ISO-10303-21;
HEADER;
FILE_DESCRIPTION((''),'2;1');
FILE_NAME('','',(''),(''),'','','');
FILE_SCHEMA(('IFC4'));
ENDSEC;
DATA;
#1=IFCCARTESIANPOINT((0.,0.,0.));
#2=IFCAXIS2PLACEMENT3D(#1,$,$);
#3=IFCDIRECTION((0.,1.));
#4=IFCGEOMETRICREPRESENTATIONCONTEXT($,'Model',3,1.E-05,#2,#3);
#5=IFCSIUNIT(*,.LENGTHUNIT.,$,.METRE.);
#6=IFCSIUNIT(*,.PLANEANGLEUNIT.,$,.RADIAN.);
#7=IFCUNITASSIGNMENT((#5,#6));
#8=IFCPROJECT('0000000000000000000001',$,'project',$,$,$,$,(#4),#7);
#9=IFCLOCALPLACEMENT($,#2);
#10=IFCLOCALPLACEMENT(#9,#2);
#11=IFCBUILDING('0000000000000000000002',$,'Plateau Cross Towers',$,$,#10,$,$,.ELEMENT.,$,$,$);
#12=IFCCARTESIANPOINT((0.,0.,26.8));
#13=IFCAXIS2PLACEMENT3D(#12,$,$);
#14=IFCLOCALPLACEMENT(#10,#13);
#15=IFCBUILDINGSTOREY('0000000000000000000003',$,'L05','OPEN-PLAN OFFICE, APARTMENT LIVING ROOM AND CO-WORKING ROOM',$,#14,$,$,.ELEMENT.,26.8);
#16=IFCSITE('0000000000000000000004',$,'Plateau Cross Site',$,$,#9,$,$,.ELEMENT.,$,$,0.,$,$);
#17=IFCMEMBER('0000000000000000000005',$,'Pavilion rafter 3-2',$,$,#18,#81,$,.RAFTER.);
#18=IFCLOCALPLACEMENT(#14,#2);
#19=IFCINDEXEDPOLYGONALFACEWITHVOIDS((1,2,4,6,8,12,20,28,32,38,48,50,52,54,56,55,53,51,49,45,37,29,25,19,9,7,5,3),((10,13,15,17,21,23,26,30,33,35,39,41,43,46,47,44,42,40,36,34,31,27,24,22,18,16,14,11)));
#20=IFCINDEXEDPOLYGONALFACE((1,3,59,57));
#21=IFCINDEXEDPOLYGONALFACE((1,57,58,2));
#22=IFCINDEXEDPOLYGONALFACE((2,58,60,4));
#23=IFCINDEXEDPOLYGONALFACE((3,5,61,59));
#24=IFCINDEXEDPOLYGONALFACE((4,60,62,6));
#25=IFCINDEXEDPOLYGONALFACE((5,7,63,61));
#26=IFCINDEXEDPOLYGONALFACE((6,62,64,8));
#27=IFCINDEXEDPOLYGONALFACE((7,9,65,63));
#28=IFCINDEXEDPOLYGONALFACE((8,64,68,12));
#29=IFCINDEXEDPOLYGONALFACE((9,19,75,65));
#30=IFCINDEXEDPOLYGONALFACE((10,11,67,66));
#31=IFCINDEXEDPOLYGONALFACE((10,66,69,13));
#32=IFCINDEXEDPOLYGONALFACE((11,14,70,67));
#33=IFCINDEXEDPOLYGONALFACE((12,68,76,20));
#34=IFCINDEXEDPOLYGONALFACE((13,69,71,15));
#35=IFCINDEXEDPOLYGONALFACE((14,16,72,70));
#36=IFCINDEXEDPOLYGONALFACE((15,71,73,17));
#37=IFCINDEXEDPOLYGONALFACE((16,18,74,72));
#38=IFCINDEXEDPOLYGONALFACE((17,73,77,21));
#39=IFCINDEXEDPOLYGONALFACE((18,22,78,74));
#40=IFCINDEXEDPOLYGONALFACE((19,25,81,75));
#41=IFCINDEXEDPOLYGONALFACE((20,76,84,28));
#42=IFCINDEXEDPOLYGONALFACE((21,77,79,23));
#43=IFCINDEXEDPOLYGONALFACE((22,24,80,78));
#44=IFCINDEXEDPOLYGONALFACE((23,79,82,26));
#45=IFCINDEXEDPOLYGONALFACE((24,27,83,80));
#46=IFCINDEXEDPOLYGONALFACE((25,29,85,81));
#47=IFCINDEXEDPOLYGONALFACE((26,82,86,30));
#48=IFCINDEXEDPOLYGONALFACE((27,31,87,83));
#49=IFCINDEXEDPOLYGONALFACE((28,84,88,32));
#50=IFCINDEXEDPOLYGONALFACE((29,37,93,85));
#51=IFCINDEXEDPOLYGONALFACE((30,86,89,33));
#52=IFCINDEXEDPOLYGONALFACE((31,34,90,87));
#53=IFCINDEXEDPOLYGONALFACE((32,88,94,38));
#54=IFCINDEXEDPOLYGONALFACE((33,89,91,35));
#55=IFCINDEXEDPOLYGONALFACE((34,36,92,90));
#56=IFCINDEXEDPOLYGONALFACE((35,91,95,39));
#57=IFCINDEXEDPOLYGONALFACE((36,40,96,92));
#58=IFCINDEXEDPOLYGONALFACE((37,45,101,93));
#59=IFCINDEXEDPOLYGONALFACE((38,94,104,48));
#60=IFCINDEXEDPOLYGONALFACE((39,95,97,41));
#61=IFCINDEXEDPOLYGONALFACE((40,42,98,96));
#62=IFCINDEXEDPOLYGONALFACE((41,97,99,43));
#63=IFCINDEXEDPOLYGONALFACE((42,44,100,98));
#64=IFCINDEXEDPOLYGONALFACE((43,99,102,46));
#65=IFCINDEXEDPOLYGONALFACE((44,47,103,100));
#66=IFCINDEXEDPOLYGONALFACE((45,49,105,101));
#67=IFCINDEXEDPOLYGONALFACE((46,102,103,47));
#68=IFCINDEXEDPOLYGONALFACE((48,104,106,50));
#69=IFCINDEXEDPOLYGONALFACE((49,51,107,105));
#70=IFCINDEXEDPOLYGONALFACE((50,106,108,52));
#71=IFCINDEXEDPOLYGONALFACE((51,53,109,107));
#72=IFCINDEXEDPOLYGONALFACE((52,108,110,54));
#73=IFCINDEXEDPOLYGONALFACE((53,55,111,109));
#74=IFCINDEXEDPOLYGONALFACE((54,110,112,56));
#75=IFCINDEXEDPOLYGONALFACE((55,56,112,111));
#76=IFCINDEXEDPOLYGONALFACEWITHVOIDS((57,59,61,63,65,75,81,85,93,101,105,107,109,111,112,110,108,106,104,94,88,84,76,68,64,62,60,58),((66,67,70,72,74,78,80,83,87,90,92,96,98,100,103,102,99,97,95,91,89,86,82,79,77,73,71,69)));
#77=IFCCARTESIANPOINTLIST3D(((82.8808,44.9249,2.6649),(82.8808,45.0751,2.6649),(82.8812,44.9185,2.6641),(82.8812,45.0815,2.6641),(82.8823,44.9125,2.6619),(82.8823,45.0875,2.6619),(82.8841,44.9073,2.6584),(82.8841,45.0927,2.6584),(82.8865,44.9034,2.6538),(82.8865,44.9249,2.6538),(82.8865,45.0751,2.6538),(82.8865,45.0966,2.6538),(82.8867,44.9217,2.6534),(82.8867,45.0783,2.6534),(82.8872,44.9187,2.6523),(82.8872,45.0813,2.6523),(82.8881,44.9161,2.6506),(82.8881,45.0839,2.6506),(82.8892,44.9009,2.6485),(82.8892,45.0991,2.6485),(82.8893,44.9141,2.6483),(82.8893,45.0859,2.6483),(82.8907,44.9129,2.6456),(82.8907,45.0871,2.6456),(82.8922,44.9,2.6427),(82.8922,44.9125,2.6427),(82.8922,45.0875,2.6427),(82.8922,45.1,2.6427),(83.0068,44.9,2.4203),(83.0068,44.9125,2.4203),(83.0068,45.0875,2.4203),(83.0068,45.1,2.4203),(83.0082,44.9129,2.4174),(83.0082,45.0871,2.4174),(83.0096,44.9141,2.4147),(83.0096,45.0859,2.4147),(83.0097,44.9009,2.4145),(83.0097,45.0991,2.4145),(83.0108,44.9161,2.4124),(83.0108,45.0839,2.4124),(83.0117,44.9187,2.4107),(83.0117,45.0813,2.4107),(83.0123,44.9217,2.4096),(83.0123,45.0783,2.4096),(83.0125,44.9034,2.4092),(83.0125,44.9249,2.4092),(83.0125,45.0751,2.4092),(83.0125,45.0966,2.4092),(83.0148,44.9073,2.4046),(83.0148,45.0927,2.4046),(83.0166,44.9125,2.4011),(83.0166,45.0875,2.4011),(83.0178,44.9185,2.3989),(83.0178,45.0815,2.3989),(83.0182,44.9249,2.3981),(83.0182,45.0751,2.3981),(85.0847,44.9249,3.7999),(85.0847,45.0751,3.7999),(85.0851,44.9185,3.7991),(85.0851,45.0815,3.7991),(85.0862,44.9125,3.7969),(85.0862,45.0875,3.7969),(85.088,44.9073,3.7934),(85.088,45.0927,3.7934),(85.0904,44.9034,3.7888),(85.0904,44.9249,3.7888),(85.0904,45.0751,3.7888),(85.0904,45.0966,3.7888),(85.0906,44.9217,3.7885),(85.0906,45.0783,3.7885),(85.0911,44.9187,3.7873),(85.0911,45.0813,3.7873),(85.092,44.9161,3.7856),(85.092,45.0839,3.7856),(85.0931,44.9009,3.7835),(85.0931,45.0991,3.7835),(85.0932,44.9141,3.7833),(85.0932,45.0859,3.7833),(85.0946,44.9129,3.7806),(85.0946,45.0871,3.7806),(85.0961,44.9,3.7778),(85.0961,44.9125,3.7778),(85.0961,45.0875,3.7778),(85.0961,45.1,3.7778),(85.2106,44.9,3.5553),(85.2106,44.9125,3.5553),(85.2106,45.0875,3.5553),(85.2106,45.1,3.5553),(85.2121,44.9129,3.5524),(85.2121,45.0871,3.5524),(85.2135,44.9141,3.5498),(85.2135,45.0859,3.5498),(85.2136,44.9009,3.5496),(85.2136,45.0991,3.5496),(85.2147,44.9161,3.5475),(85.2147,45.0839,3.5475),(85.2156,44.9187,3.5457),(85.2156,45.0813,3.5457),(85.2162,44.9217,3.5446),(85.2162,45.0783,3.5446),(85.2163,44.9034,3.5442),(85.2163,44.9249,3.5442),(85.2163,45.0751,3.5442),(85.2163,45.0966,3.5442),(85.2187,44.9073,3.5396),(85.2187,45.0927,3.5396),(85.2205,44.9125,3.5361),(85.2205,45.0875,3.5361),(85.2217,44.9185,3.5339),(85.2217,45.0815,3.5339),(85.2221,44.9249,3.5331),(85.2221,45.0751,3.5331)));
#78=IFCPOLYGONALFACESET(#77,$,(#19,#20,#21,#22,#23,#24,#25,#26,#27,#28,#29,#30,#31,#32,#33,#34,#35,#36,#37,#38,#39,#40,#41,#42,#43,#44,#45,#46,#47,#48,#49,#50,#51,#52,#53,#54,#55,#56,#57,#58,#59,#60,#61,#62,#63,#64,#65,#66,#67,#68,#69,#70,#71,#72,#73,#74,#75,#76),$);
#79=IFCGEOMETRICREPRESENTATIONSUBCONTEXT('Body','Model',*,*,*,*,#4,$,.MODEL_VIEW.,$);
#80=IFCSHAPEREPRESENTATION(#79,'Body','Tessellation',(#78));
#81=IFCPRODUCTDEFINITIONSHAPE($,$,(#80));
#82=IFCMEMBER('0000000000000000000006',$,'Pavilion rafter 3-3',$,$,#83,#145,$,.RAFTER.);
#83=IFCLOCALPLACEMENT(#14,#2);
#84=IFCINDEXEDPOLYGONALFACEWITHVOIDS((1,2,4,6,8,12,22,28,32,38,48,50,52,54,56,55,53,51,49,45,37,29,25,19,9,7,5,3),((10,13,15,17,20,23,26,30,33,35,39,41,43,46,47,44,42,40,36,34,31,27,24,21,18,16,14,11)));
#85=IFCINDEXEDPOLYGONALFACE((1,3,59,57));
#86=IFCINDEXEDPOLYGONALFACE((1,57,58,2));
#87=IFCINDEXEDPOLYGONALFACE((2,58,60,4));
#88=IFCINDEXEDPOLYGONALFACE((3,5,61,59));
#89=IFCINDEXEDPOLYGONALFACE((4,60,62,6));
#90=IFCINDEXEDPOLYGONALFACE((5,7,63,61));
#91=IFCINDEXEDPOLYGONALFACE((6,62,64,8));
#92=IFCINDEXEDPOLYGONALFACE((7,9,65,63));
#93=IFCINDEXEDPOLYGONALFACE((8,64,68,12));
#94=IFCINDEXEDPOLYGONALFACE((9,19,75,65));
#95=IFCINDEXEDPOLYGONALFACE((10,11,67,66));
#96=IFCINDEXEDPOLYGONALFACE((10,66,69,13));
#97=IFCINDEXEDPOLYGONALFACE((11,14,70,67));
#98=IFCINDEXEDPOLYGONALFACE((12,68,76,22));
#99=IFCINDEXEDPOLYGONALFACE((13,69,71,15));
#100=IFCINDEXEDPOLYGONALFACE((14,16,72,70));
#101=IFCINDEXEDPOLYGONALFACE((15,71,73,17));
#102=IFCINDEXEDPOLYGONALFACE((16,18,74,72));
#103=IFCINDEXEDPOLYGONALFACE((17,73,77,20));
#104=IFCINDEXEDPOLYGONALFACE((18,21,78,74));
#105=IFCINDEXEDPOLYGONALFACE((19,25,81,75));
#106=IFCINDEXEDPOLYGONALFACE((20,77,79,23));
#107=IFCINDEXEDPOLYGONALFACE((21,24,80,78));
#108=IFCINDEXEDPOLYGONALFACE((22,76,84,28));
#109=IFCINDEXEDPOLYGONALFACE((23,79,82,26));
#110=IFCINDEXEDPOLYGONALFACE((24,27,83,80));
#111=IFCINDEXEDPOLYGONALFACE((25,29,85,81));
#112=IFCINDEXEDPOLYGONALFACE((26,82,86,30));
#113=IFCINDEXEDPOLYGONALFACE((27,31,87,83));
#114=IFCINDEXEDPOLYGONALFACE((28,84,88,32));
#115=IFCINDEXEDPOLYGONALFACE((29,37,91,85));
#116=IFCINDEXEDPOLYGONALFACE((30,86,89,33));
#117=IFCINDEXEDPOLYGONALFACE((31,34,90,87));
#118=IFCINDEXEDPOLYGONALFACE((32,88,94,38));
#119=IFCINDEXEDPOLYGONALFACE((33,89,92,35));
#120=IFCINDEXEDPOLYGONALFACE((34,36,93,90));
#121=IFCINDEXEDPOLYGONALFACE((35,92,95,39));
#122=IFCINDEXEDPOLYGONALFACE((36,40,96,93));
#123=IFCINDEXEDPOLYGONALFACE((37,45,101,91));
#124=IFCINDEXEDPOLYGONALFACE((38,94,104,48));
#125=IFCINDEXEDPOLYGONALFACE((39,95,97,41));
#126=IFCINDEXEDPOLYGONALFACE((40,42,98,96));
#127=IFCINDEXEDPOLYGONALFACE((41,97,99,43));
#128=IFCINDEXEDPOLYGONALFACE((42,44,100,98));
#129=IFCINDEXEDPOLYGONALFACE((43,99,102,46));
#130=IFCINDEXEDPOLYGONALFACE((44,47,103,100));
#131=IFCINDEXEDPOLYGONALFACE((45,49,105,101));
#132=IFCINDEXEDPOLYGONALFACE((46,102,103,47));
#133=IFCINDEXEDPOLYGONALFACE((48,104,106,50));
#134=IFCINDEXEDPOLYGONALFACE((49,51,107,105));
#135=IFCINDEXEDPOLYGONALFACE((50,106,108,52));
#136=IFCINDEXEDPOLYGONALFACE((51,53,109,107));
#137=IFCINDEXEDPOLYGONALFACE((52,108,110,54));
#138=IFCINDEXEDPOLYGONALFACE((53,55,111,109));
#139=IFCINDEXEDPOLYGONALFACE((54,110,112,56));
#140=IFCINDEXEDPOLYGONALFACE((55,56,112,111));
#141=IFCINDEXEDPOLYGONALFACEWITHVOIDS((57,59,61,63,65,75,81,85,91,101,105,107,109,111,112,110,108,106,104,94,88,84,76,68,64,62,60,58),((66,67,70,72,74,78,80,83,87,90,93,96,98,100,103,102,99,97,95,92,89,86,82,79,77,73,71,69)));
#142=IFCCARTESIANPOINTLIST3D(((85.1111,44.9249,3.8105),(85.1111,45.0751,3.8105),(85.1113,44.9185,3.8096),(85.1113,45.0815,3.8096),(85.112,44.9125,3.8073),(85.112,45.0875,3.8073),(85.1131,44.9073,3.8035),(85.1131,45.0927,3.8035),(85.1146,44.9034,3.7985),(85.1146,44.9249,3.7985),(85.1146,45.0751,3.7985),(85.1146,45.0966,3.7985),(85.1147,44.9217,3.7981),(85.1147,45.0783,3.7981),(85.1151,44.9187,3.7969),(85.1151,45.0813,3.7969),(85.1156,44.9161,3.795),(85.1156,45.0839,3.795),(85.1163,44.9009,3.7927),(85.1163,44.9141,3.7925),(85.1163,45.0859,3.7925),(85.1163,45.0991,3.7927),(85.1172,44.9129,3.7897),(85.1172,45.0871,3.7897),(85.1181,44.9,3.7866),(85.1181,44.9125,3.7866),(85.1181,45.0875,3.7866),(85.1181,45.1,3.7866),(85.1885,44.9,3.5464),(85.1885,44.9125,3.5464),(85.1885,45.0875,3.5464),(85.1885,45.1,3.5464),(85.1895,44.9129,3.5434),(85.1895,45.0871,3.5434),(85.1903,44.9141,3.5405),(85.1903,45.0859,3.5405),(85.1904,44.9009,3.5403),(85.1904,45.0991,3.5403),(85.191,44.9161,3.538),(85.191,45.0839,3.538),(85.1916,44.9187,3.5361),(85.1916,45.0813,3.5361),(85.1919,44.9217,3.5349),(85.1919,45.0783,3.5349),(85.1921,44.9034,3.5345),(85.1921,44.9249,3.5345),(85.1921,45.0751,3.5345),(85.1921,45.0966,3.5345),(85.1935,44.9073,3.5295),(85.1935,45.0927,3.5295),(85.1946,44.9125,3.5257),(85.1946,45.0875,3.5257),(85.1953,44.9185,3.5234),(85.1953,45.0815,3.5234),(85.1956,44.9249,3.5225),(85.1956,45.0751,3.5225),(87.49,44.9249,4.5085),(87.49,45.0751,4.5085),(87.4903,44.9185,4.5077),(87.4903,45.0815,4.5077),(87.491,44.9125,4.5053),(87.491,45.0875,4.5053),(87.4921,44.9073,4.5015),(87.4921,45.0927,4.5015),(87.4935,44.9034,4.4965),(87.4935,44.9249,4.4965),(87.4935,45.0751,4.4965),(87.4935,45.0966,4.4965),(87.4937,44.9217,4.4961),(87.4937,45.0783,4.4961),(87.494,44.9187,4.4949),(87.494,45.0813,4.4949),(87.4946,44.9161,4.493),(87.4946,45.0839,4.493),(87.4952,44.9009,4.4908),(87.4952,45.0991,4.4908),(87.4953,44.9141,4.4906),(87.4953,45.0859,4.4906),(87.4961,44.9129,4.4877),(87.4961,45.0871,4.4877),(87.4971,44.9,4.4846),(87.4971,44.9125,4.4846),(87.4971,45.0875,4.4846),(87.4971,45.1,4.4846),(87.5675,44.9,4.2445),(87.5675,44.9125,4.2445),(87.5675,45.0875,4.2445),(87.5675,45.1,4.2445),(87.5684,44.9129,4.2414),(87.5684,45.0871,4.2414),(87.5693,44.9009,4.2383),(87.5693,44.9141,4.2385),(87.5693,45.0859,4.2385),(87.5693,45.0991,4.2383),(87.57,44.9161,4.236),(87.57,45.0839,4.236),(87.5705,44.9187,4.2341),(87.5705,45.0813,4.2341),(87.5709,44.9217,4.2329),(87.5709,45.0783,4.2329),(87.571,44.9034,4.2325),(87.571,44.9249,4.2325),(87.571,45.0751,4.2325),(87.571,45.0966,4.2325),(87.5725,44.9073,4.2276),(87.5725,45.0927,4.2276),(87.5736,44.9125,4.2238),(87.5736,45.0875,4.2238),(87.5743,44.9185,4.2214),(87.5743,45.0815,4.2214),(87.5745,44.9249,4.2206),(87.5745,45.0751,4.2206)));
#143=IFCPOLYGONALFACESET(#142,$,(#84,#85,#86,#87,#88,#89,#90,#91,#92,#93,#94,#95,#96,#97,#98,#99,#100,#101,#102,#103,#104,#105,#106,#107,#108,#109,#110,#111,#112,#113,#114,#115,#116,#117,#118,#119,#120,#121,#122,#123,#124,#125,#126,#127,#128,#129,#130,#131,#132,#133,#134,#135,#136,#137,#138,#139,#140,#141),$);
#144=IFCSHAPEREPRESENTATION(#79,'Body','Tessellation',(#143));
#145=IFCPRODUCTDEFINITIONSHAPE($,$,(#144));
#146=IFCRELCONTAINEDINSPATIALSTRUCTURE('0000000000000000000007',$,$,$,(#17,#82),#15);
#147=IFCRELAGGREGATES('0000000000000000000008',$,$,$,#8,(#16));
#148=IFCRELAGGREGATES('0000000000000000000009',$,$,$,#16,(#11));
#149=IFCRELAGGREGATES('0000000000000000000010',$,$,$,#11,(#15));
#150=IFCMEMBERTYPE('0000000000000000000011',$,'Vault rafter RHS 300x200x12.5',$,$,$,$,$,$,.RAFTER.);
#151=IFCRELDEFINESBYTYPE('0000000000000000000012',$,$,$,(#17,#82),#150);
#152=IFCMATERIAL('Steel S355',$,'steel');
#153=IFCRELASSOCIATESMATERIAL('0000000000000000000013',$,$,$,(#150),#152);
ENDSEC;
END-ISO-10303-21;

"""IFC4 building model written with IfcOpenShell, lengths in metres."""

from ifc_helpers import new_model, si_unit, direction, frame, origin, origin_2d, place, context, subcontext, project, spatial, hollow_rectangle, extrude, material, material_profile, profile_set, type_object, element, save


model = new_model("IFC4")

# Units and contexts
model_context = context("Model", 3, precision=1e-05, world=origin(), true_north=direction((0.0, 1.0)))
body_context = subcontext(model_context, "Body", "Model", "MODEL_VIEW")
ifc_project = project(units=[si_unit("LENGTHUNIT", "METRE"), si_unit("PLANEANGLEUNIT", "RADIAN")], contexts=[model_context])

# Site, building, storey
site_placement = place(None, origin())
site = spatial("IfcSite", under=ifc_project, at=site_placement, Name="Plateau Cross Site", CompositionType="ELEMENT", RefElevation=0.0)
building_placement = place(site_placement, origin())
building = spatial("IfcBuilding", under=site, at=building_placement, Name="Plateau Cross Towers", CompositionType="ELEMENT")
storey_placement = place(building_placement, frame((0.0, 0.0, 26.8)))
storey = spatial("IfcBuildingStorey", under=building, at=storey_placement, Name="L05", Description="OPEN-PLAN OFFICE, APARTMENT LIVING ROOM AND CO-WORKING ROOM", CompositionType="ELEMENT", Elevation=26.8)

# Shared definitions
ifc_material_1 = material(Name="Steel S355", Category="steel")

# Members
ifc_material_profile_1 = material_profile(ifc_material_1, hollow_rectangle(XDim=0.2, YDim=0.3, WallThickness=0.0125, InnerFilletRadius=0.0125, OuterFilletRadius=0.0249, at=origin_2d()), Name="RHS 300x200x12.5")
ifc_profile_set_1 = profile_set([ifc_material_profile_1], Name="Steel S355")
member_type = type_object("IfcMemberType", Name="Vault rafter RHS 300x200x12.5", PredefinedType="RAFTER", material=ifc_profile_set_1)
member_1_placement = place(storey_placement, frame((82.9495, 45.0, 2.5315), z_axis=(0.889026, 0.0, 0.457858), x_axis=(0.0, 1.0, 0.0)))
element("IfcMember", 1, at=member_1_placement, inside=storey, type_object=member_type, Name="Pavilion rafter 3-2", PredefinedType="RAFTER", context=body_context, shape_type="SweptSolid", body=[
    extrude(hollow_rectangle(XDim=0.2, YDim=0.3, WallThickness=0.0125, InnerFilletRadius=0.0125, OuterFilletRadius=0.0249, at=origin_2d()), origin(), (0.0, 0.0, 1.0), 2.479),
])
member_2_placement = place(storey_placement, frame((85.1533, 45.0, 3.6665), z_axis=(0.959549, 0.0, 0.281542), x_axis=(0.0, 1.0, 0.0)))
element("IfcMember", 2, at=member_2_placement, inside=storey, type_object=member_type, Name="Pavilion rafter 3-3", PredefinedType="RAFTER", context=body_context, shape_type="SweptSolid", body=[
    extrude(hollow_rectangle(XDim=0.2, YDim=0.3, WallThickness=0.0125, InnerFilletRadius=0.0125, OuterFilletRadius=0.0249, at=origin_2d()), origin(), (0.0, 0.0, 1.0), 2.4792),
])

save(model, "model.ifc")
